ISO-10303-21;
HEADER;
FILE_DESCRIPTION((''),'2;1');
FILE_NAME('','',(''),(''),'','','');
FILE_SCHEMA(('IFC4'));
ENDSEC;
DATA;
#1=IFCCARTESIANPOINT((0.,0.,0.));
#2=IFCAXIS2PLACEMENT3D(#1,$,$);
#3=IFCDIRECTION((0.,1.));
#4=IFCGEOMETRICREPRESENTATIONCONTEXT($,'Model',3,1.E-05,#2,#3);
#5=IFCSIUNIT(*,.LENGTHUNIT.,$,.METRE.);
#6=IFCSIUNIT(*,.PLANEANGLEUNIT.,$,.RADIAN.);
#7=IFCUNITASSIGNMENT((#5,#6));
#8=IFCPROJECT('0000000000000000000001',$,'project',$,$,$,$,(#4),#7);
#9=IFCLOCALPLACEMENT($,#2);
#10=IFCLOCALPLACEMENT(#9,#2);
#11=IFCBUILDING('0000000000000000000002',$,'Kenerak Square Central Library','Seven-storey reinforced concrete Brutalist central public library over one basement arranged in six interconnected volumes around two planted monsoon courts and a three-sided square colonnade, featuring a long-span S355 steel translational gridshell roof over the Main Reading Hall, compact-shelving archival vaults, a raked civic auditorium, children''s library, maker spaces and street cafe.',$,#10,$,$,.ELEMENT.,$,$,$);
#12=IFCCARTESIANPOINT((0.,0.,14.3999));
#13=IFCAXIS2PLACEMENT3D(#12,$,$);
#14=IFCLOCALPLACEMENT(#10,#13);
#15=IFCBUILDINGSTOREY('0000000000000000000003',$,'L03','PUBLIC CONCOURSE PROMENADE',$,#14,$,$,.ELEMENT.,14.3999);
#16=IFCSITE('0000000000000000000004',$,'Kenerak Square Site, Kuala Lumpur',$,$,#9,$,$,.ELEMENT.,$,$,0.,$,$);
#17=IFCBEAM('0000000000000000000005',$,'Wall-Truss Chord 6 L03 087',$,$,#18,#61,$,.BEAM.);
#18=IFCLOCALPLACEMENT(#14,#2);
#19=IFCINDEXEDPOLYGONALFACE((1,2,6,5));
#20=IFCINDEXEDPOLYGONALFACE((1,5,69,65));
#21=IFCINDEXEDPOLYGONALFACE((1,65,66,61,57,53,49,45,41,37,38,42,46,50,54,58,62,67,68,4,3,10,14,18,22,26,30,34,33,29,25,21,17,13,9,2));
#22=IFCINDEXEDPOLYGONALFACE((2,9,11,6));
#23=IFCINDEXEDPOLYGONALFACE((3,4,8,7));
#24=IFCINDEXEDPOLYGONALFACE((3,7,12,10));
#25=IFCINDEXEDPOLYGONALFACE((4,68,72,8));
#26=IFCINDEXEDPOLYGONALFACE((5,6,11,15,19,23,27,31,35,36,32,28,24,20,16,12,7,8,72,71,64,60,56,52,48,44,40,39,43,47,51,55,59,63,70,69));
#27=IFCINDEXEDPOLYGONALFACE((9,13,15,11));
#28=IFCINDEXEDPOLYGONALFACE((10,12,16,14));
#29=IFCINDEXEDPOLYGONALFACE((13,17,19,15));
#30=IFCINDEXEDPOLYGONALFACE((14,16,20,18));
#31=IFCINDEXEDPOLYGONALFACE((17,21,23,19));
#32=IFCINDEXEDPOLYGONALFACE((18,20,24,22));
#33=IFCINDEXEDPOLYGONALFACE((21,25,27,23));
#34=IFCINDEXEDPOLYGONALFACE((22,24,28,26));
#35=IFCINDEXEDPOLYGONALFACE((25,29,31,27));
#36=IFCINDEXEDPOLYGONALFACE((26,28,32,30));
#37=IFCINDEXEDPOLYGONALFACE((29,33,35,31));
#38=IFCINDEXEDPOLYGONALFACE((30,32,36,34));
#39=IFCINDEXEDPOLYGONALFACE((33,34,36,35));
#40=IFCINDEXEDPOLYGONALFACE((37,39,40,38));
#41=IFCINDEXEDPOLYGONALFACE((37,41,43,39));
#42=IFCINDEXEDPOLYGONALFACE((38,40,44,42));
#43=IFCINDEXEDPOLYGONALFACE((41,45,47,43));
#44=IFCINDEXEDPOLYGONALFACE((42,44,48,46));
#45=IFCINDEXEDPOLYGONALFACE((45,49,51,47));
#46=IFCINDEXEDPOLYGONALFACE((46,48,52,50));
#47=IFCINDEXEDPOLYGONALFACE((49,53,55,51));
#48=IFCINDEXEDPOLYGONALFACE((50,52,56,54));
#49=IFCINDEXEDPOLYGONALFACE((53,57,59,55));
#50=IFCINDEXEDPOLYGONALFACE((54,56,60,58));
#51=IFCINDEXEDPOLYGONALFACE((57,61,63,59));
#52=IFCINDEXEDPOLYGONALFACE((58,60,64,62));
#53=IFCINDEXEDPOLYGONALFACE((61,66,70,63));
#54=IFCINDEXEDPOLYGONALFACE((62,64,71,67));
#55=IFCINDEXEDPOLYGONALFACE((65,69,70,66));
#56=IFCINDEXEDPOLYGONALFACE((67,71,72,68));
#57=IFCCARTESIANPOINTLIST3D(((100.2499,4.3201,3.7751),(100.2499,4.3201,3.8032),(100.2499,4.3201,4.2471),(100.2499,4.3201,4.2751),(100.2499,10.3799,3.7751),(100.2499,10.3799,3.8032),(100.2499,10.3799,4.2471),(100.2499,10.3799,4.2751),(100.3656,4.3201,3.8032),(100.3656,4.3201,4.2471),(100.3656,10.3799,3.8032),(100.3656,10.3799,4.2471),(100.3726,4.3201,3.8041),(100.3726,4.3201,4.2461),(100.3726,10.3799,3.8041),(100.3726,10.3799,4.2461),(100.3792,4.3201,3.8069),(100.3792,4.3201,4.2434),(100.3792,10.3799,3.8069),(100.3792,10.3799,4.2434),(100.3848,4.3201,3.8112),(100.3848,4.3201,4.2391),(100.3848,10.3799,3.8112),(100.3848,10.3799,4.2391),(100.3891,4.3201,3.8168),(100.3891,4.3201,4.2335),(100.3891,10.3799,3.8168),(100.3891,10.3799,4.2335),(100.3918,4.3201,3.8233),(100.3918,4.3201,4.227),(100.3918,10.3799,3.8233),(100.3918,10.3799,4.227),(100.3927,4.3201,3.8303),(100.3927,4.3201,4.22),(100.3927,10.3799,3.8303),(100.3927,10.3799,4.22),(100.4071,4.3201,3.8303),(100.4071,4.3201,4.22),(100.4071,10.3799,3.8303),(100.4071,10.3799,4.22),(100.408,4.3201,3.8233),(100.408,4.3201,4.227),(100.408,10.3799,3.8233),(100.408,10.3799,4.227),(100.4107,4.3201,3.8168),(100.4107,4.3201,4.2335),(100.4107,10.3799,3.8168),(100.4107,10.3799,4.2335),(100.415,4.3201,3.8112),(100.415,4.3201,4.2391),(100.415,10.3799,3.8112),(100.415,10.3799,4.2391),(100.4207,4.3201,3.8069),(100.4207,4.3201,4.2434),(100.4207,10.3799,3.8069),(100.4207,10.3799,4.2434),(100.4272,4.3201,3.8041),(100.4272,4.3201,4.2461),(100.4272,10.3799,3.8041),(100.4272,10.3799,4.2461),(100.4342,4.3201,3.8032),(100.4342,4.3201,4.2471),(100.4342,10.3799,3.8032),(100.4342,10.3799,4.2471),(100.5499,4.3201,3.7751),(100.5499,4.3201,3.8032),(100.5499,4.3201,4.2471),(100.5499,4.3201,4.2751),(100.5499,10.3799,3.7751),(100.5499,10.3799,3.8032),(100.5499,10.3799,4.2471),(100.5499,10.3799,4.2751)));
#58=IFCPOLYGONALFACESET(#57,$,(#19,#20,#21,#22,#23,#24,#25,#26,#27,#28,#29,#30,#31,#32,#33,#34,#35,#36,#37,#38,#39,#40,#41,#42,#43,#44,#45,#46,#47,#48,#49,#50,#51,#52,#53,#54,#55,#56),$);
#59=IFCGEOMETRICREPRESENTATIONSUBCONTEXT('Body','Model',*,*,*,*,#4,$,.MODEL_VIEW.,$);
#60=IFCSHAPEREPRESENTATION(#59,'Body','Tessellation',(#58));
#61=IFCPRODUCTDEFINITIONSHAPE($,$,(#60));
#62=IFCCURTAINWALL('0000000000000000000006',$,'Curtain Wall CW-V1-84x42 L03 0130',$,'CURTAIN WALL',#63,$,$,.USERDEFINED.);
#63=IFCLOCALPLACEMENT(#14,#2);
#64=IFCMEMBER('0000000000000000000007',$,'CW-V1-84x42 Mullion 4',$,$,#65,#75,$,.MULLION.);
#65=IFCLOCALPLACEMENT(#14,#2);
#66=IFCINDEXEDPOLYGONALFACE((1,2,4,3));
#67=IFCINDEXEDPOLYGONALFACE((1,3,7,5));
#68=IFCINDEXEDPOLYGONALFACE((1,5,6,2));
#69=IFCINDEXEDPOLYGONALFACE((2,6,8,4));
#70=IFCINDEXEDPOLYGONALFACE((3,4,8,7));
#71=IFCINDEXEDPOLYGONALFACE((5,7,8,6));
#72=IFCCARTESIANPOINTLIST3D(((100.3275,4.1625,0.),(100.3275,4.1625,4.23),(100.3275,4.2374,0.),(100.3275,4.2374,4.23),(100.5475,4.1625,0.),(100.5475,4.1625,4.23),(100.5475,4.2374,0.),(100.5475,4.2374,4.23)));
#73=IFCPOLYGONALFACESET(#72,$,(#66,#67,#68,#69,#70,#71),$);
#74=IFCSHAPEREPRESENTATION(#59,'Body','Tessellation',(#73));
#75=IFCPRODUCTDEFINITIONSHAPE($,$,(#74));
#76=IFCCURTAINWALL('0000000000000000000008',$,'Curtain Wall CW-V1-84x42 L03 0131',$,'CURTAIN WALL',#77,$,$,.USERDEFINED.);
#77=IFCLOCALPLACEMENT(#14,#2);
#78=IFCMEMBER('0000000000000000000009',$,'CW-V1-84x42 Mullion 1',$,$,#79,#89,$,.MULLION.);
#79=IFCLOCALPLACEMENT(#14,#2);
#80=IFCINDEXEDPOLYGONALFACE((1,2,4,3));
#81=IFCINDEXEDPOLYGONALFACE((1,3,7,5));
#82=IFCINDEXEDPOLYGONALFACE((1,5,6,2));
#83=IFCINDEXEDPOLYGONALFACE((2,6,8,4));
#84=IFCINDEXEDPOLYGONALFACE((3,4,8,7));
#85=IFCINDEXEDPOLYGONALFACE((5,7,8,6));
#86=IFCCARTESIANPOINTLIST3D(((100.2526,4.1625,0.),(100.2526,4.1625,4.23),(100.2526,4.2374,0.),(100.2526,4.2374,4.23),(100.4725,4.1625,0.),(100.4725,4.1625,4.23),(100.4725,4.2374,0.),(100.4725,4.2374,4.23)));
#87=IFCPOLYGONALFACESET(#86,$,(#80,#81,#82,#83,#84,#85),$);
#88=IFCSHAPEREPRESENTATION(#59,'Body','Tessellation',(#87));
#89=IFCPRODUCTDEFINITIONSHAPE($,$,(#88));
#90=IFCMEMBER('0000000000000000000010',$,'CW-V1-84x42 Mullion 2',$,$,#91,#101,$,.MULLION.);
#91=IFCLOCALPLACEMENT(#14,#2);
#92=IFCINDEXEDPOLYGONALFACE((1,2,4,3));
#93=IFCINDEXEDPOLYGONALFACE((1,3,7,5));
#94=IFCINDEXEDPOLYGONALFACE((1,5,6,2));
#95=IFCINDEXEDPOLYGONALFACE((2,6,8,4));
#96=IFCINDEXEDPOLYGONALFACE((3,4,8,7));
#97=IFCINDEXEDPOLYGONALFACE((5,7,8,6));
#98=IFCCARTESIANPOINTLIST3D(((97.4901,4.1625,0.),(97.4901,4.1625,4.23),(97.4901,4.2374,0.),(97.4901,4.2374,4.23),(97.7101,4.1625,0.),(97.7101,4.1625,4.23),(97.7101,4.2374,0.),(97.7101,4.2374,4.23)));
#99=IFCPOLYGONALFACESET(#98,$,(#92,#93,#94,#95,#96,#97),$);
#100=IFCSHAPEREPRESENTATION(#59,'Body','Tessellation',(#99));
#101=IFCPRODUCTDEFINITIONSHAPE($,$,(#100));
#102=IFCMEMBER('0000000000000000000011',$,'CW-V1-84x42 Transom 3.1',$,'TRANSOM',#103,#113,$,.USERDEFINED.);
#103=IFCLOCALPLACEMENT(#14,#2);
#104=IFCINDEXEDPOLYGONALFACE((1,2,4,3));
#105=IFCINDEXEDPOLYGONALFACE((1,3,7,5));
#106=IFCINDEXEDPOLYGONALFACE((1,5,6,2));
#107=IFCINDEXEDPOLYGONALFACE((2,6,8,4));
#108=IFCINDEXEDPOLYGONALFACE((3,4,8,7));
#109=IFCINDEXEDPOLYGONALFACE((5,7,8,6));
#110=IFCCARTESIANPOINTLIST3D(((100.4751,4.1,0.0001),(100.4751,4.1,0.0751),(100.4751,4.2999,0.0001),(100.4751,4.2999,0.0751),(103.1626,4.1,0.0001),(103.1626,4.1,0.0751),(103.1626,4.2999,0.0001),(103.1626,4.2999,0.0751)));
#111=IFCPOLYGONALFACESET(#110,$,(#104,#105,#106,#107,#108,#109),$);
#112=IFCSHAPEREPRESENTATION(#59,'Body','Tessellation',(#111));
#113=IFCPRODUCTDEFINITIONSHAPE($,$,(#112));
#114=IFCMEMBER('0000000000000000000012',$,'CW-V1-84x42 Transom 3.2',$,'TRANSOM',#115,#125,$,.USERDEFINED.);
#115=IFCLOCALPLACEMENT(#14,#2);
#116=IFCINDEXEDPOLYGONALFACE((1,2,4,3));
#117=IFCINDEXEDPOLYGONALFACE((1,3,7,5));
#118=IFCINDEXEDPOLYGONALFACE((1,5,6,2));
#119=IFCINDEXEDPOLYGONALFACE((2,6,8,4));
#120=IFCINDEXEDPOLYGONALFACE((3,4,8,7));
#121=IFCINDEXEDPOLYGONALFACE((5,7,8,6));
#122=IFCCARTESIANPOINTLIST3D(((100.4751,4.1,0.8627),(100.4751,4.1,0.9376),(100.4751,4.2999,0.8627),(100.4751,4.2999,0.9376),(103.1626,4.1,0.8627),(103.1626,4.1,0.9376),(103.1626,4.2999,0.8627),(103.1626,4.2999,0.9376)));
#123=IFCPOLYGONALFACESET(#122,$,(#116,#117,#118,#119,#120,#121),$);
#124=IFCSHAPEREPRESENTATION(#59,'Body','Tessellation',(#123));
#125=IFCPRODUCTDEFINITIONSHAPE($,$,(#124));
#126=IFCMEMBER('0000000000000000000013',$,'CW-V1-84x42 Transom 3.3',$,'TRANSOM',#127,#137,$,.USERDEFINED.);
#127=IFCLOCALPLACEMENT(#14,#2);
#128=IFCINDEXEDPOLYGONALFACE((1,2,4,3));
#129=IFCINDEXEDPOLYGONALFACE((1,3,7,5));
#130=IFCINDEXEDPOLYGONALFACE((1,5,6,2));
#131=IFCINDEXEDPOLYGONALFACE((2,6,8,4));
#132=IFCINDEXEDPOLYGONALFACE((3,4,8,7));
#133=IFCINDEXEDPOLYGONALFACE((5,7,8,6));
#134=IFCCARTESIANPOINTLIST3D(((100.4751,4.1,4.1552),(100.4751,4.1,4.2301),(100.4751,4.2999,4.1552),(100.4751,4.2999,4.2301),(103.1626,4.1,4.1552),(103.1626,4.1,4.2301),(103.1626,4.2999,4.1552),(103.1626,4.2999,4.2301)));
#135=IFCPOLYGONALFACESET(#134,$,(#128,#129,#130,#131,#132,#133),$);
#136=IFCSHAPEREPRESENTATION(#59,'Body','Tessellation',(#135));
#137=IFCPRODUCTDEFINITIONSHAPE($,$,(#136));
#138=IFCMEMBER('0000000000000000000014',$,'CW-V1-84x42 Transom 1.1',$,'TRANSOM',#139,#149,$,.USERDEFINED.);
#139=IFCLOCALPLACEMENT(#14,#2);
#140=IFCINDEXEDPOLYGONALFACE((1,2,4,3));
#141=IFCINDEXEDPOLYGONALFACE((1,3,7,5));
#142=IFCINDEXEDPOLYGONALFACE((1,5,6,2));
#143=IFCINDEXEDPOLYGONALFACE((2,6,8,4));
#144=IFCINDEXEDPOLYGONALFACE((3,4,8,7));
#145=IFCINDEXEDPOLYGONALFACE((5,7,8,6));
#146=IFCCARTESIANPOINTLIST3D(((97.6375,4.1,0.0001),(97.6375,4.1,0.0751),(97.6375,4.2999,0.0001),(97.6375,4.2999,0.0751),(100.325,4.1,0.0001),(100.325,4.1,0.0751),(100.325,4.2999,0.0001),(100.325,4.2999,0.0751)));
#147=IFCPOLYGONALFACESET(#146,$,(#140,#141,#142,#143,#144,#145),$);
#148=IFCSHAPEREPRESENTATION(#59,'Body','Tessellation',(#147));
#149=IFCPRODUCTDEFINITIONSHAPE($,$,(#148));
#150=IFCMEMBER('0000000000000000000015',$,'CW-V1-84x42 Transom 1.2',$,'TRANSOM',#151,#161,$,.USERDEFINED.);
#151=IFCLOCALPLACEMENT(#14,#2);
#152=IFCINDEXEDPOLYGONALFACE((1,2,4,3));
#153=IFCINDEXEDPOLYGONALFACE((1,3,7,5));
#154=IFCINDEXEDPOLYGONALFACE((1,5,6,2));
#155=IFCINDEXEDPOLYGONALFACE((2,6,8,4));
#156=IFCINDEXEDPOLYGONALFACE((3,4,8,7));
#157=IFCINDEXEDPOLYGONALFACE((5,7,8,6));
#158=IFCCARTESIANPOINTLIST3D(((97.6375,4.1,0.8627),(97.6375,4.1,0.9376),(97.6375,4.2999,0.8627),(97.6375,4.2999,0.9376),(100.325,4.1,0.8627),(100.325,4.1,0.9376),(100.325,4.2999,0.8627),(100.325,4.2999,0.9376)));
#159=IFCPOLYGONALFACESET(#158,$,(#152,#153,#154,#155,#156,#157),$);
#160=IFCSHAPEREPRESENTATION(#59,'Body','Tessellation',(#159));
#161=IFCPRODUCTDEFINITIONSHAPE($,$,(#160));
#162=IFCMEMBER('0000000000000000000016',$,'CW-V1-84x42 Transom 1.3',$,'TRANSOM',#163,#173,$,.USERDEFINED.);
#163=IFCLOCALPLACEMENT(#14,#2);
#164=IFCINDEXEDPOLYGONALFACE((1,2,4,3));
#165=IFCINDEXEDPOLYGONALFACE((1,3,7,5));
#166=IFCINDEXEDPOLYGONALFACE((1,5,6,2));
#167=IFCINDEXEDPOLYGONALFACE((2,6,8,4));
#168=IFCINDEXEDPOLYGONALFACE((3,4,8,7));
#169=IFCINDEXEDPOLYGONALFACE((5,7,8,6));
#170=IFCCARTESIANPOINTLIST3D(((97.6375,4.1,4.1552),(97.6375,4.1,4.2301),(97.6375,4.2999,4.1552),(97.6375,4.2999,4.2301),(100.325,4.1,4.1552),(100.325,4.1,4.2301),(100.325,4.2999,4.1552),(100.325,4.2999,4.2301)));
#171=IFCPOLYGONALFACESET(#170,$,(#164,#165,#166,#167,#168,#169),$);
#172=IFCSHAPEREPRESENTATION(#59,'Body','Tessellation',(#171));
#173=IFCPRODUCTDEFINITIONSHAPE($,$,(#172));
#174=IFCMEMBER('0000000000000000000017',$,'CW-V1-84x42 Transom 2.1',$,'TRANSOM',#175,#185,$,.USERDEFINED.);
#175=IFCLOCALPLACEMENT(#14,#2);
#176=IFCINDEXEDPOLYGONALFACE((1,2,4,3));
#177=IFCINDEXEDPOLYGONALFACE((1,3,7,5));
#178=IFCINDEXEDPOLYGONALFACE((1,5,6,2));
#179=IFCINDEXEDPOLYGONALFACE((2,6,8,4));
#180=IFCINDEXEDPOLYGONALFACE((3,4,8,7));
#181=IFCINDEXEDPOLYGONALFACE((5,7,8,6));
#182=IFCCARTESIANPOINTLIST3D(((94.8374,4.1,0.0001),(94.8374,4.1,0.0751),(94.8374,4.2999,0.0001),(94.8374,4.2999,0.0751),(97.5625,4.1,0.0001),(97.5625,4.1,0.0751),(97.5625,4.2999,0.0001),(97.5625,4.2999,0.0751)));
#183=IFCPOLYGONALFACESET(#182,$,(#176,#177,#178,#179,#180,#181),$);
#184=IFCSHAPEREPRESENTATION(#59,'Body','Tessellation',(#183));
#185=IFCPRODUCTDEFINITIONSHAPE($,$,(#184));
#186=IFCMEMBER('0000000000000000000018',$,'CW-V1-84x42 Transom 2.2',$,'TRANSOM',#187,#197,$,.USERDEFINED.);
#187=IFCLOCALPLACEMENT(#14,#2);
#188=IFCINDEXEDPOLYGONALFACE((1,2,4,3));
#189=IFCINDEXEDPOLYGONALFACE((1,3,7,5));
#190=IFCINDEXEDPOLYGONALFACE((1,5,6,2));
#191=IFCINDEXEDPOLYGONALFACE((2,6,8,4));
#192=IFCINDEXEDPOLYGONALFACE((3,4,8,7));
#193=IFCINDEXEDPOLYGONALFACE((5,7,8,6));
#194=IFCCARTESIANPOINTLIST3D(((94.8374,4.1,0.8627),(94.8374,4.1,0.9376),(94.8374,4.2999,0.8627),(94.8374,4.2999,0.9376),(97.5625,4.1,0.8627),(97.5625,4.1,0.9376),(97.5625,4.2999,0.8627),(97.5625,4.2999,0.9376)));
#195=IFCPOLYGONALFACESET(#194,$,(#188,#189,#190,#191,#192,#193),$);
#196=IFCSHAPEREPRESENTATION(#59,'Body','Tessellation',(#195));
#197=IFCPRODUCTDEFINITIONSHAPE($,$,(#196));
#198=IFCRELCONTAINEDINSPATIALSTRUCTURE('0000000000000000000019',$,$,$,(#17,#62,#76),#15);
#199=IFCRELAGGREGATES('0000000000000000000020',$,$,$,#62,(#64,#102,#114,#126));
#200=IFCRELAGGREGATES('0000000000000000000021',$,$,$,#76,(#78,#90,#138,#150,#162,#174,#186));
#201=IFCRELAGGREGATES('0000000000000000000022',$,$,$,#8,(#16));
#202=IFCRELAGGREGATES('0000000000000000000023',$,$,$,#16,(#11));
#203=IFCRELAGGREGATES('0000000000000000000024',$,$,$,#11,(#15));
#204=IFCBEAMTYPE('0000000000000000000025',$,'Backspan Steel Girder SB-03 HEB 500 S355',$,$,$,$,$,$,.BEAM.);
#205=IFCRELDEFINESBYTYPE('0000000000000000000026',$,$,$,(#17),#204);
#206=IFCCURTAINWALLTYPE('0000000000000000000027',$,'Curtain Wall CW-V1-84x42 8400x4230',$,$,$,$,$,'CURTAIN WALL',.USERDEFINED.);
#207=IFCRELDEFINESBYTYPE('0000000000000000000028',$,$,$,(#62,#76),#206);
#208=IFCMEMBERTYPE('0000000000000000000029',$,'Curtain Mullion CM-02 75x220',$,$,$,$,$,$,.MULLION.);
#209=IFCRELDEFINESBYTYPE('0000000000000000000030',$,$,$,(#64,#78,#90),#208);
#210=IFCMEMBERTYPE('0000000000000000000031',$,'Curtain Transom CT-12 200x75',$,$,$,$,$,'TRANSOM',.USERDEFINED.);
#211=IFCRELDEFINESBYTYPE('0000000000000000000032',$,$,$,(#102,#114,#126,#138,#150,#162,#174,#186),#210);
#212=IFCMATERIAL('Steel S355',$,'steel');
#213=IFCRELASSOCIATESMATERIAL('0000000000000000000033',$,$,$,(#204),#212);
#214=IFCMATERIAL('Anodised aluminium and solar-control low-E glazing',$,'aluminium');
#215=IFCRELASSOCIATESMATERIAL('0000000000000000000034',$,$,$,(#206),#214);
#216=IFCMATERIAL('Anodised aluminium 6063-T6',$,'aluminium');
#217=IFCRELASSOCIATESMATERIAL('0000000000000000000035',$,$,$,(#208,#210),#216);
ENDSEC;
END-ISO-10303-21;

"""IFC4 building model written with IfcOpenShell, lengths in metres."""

from ifc_helpers import new_model, si_unit, direction, frame, origin, origin_2d, place, context, subcontext, project, spatial, rectangle, i_section, extrude, material, material_profile, profile_set, type_object, element, aggregate, save


model = new_model("IFC4")

# Units and contexts
model_context = context("Model", 3, precision=1e-05, world=origin(), true_north=direction((0.0, 1.0)))
body_context = subcontext(model_context, "Body", "Model", "MODEL_VIEW")
ifc_project = project(units=[si_unit("LENGTHUNIT", "METRE"), si_unit("PLANEANGLEUNIT", "RADIAN")], contexts=[model_context])

# Site, building, storey
site_placement = place(None, origin())
site = spatial("IfcSite", under=ifc_project, at=site_placement, Name="Kenerak Square Site, Kuala Lumpur", CompositionType="ELEMENT", RefElevation=0.0)
building_placement = place(site_placement, origin())
building = spatial("IfcBuilding", under=site, at=building_placement, Name="Kenerak Square Central Library", Description="Seven-storey reinforced concrete Brutalist central public library over one basement arranged in six interconnected volumes around two planted monsoon courts and a three-sided square colonnade, featuring a long-span S355 steel translational gridshell roof over the Main Reading Hall, compact-shelving archival vaults, a raked civic auditorium, children's library, maker spaces and street cafe.", CompositionType="ELEMENT")
storey_placement = place(building_placement, frame((0.0, 0.0, 14.3999)))
storey = spatial("IfcBuildingStorey", under=building, at=storey_placement, Name="L03", Description="PUBLIC CONCOURSE PROMENADE", CompositionType="ELEMENT", Elevation=14.3999)

# Beam
ifc_material_1 = material(Name="Steel S355", Category="steel")
ifc_material_profile_1 = material_profile(ifc_material_1, i_section(OverallWidth=0.3, OverallDepth=0.5, WebThickness=0.0144, FlangeThickness=0.0281, FilletRadius=0.0271, at=origin_2d()), Name="HEB 500")
ifc_profile_set_1 = profile_set([ifc_material_profile_1], Name="Steel S355")
beam_type_1 = type_object("IfcBeamType", Name="Backspan Steel Girder SB-03 HEB 500 S355", PredefinedType="BEAM", material=ifc_profile_set_1)
beam_1_placement = place(storey_placement, frame((100.3999, 4.3201, 4.0251), z_axis=(0.0, 1.0, 0.0), x_axis=(-1.0, 0.0, 0.0)))
element("IfcBeam", 1, at=beam_1_placement, inside=storey, type_object=beam_type_1, Name="Wall-Truss Chord 6 L03 087", PredefinedType="BEAM", context=body_context, shape_type="SweptSolid", body=[
    extrude(i_section(OverallWidth=0.3, OverallDepth=0.5, WebThickness=0.0144, FlangeThickness=0.0281, FilletRadius=0.0271, at=origin_2d()), origin(), (0.0, 0.0, 1.0), 6.0598),
])

# Curtain wall, member
ifc_material_2 = material(Name="Anodised aluminium and solar-control low-E glazing", Category="aluminium")
curtain_wall_type = type_object("IfcCurtainWallType", Name="Curtain Wall CW-V1-84x42 8400x4230", ElementType="CURTAIN WALL", PredefinedType="USERDEFINED", material=ifc_material_2)
curtain_wall_1_placement = place(storey_placement, origin())
curtain_wall_1 = element("IfcCurtainWall", 2, at=curtain_wall_1_placement, inside=storey, type_object=curtain_wall_type, Name="Curtain Wall CW-V1-84x42 L03 0130", ObjectType="CURTAIN WALL", PredefinedType="USERDEFINED")
ifc_material_3 = material(Name="Anodised aluminium 6063-T6", Category="aluminium")
ifc_material_profile_2 = material_profile(ifc_material_3, rectangle(XDim=0.075, YDim=0.22, at=origin_2d()), Name="AL MULLION 75x220")
ifc_profile_set_2 = profile_set([ifc_material_profile_2], Name="Anodised aluminium 6063-T6")
member_type_1 = type_object("IfcMemberType", Name="Curtain Mullion CM-02 75x220", PredefinedType="MULLION", material=ifc_profile_set_2)
member_1_placement = place(storey_placement, frame((100.4375, 4.2, 0.0), z_axis=(0.0, 0.0, 1.0), x_axis=(0.0, -1.0, 0.0)))
member_1 = element("IfcMember", 3, at=member_1_placement, type_object=member_type_1, Name="CW-V1-84x42 Mullion 4", PredefinedType="MULLION", context=body_context, shape_type="SweptSolid", body=[
    extrude(rectangle(XDim=0.075, YDim=0.22, at=origin_2d()), origin(), (0.0, 0.0, 1.0), 4.23),
])

# Curtain wall, members
curtain_wall_2_placement = place(storey_placement, origin())
curtain_wall_2 = element("IfcCurtainWall", 4, at=curtain_wall_2_placement, inside=storey, type_object=curtain_wall_type, Name="Curtain Wall CW-V1-84x42 L03 0131", ObjectType="CURTAIN WALL", PredefinedType="USERDEFINED")
member_2_placement = place(storey_placement, frame((100.3625, 4.2, 0.0), z_axis=(0.0, 0.0, 1.0), x_axis=(0.0, -1.0, 0.0)))
member_2 = element("IfcMember", 5, at=member_2_placement, type_object=member_type_1, Name="CW-V1-84x42 Mullion 1", PredefinedType="MULLION", context=body_context, shape_type="SweptSolid", body=[
    extrude(rectangle(XDim=0.075, YDim=0.22, at=origin_2d()), origin(), (0.0, 0.0, 1.0), 4.23),
])
member_3_placement = place(storey_placement, frame((97.6001, 4.2, 0.0), z_axis=(0.0, 0.0, 1.0), x_axis=(0.0, -1.0, 0.0)))
member_3 = element("IfcMember", 6, at=member_3_placement, type_object=member_type_1, Name="CW-V1-84x42 Mullion 2", PredefinedType="MULLION", context=body_context, shape_type="SweptSolid", body=[
    extrude(rectangle(XDim=0.075, YDim=0.22, at=origin_2d()), origin(), (0.0, 0.0, 1.0), 4.23),
])

# Members
ifc_material_profile_3 = material_profile(ifc_material_3, rectangle(XDim=0.2, YDim=0.075, at=origin_2d()), Name="AL TRANSOM 200x75")
ifc_profile_set_3 = profile_set([ifc_material_profile_3], Name="Anodised aluminium 6063-T6")
member_type_2 = type_object("IfcMemberType", Name="Curtain Transom CT-12 200x75", ElementType="TRANSOM", PredefinedType="USERDEFINED", material=ifc_profile_set_3)
member_4_placement = place(storey_placement, frame((103.1626, 4.2, 0.0376), z_axis=(-1.0, 0.0, 0.0), x_axis=(0.0, -1.0, 0.0)))
member_4 = element("IfcMember", 7, at=member_4_placement, type_object=member_type_2, Name="CW-V1-84x42 Transom 3.1", ObjectType="TRANSOM", PredefinedType="USERDEFINED", context=body_context, shape_type="SweptSolid", body=[
    extrude(rectangle(XDim=0.2, YDim=0.075, at=origin_2d()), origin(), (0.0, 0.0, 1.0), 2.6875),
])
member_5_placement = place(storey_placement, frame((103.1626, 4.2, 0.9001), z_axis=(-1.0, 0.0, 0.0), x_axis=(0.0, -1.0, 0.0)))
member_5 = element("IfcMember", 8, at=member_5_placement, type_object=member_type_2, Name="CW-V1-84x42 Transom 3.2", ObjectType="TRANSOM", PredefinedType="USERDEFINED", context=body_context, shape_type="SweptSolid", body=[
    extrude(rectangle(XDim=0.2, YDim=0.075, at=origin_2d()), origin(), (0.0, 0.0, 1.0), 2.6875),
])
member_6_placement = place(storey_placement, frame((103.1626, 4.2, 4.1926), z_axis=(-1.0, 0.0, 0.0), x_axis=(0.0, -1.0, 0.0)))
member_6 = element("IfcMember", 9, at=member_6_placement, type_object=member_type_2, Name="CW-V1-84x42 Transom 3.3", ObjectType="TRANSOM", PredefinedType="USERDEFINED", context=body_context, shape_type="SweptSolid", body=[
    extrude(rectangle(XDim=0.2, YDim=0.075, at=origin_2d()), origin(), (0.0, 0.0, 1.0), 2.6875),
])
member_7_placement = place(storey_placement, frame((100.325, 4.2, 0.0376), z_axis=(-1.0, 0.0, 0.0), x_axis=(0.0, -1.0, 0.0)))
member_7 = element("IfcMember", 10, at=member_7_placement, type_object=member_type_2, Name="CW-V1-84x42 Transom 1.1", ObjectType="TRANSOM", PredefinedType="USERDEFINED", context=body_context, shape_type="SweptSolid", body=[
    extrude(rectangle(XDim=0.2, YDim=0.075, at=origin_2d()), origin(), (0.0, 0.0, 1.0), 2.6875),
])
member_8_placement = place(storey_placement, frame((100.325, 4.2, 0.9001), z_axis=(-1.0, 0.0, 0.0), x_axis=(0.0, -1.0, 0.0)))
member_8 = element("IfcMember", 11, at=member_8_placement, type_object=member_type_2, Name="CW-V1-84x42 Transom 1.2", ObjectType="TRANSOM", PredefinedType="USERDEFINED", context=body_context, shape_type="SweptSolid", body=[
    extrude(rectangle(XDim=0.2, YDim=0.075, at=origin_2d()), origin(), (0.0, 0.0, 1.0), 2.6875),
])
member_9_placement = place(storey_placement, frame((100.325, 4.2, 4.1926), z_axis=(-1.0, 0.0, 0.0), x_axis=(0.0, -1.0, 0.0)))
member_9 = element("IfcMember", 12, at=member_9_placement, type_object=member_type_2, Name="CW-V1-84x42 Transom 1.3", ObjectType="TRANSOM", PredefinedType="USERDEFINED", context=body_context, shape_type="SweptSolid", body=[
    extrude(rectangle(XDim=0.2, YDim=0.075, at=origin_2d()), origin(), (0.0, 0.0, 1.0), 2.6875),
])
member_10_placement = place(storey_placement, frame((97.5625, 4.2, 0.0376), z_axis=(-1.0, 0.0, 0.0), x_axis=(0.0, -1.0, 0.0)))
member_10 = element("IfcMember", 13, at=member_10_placement, type_object=member_type_2, Name="CW-V1-84x42 Transom 2.1", ObjectType="TRANSOM", PredefinedType="USERDEFINED", context=body_context, shape_type="SweptSolid", body=[
    extrude(rectangle(XDim=0.2, YDim=0.075, at=origin_2d()), origin(), (0.0, 0.0, 1.0), 2.7251),
])
member_11_placement = place(storey_placement, frame((97.5625, 4.2, 0.9001), z_axis=(-1.0, 0.0, 0.0), x_axis=(0.0, -1.0, 0.0)))
member_11 = element("IfcMember", 14, at=member_11_placement, type_object=member_type_2, Name="CW-V1-84x42 Transom 2.2", ObjectType="TRANSOM", PredefinedType="USERDEFINED", context=body_context, shape_type="SweptSolid", body=[
    extrude(rectangle(XDim=0.2, YDim=0.075, at=origin_2d()), origin(), (0.0, 0.0, 1.0), 2.7251),
])

aggregate(curtain_wall_1, [member_1, member_4, member_5, member_6])
aggregate(curtain_wall_2, [member_2, member_3, member_7, member_8, member_9, member_10, member_11])

save(model, "model.ifc")
